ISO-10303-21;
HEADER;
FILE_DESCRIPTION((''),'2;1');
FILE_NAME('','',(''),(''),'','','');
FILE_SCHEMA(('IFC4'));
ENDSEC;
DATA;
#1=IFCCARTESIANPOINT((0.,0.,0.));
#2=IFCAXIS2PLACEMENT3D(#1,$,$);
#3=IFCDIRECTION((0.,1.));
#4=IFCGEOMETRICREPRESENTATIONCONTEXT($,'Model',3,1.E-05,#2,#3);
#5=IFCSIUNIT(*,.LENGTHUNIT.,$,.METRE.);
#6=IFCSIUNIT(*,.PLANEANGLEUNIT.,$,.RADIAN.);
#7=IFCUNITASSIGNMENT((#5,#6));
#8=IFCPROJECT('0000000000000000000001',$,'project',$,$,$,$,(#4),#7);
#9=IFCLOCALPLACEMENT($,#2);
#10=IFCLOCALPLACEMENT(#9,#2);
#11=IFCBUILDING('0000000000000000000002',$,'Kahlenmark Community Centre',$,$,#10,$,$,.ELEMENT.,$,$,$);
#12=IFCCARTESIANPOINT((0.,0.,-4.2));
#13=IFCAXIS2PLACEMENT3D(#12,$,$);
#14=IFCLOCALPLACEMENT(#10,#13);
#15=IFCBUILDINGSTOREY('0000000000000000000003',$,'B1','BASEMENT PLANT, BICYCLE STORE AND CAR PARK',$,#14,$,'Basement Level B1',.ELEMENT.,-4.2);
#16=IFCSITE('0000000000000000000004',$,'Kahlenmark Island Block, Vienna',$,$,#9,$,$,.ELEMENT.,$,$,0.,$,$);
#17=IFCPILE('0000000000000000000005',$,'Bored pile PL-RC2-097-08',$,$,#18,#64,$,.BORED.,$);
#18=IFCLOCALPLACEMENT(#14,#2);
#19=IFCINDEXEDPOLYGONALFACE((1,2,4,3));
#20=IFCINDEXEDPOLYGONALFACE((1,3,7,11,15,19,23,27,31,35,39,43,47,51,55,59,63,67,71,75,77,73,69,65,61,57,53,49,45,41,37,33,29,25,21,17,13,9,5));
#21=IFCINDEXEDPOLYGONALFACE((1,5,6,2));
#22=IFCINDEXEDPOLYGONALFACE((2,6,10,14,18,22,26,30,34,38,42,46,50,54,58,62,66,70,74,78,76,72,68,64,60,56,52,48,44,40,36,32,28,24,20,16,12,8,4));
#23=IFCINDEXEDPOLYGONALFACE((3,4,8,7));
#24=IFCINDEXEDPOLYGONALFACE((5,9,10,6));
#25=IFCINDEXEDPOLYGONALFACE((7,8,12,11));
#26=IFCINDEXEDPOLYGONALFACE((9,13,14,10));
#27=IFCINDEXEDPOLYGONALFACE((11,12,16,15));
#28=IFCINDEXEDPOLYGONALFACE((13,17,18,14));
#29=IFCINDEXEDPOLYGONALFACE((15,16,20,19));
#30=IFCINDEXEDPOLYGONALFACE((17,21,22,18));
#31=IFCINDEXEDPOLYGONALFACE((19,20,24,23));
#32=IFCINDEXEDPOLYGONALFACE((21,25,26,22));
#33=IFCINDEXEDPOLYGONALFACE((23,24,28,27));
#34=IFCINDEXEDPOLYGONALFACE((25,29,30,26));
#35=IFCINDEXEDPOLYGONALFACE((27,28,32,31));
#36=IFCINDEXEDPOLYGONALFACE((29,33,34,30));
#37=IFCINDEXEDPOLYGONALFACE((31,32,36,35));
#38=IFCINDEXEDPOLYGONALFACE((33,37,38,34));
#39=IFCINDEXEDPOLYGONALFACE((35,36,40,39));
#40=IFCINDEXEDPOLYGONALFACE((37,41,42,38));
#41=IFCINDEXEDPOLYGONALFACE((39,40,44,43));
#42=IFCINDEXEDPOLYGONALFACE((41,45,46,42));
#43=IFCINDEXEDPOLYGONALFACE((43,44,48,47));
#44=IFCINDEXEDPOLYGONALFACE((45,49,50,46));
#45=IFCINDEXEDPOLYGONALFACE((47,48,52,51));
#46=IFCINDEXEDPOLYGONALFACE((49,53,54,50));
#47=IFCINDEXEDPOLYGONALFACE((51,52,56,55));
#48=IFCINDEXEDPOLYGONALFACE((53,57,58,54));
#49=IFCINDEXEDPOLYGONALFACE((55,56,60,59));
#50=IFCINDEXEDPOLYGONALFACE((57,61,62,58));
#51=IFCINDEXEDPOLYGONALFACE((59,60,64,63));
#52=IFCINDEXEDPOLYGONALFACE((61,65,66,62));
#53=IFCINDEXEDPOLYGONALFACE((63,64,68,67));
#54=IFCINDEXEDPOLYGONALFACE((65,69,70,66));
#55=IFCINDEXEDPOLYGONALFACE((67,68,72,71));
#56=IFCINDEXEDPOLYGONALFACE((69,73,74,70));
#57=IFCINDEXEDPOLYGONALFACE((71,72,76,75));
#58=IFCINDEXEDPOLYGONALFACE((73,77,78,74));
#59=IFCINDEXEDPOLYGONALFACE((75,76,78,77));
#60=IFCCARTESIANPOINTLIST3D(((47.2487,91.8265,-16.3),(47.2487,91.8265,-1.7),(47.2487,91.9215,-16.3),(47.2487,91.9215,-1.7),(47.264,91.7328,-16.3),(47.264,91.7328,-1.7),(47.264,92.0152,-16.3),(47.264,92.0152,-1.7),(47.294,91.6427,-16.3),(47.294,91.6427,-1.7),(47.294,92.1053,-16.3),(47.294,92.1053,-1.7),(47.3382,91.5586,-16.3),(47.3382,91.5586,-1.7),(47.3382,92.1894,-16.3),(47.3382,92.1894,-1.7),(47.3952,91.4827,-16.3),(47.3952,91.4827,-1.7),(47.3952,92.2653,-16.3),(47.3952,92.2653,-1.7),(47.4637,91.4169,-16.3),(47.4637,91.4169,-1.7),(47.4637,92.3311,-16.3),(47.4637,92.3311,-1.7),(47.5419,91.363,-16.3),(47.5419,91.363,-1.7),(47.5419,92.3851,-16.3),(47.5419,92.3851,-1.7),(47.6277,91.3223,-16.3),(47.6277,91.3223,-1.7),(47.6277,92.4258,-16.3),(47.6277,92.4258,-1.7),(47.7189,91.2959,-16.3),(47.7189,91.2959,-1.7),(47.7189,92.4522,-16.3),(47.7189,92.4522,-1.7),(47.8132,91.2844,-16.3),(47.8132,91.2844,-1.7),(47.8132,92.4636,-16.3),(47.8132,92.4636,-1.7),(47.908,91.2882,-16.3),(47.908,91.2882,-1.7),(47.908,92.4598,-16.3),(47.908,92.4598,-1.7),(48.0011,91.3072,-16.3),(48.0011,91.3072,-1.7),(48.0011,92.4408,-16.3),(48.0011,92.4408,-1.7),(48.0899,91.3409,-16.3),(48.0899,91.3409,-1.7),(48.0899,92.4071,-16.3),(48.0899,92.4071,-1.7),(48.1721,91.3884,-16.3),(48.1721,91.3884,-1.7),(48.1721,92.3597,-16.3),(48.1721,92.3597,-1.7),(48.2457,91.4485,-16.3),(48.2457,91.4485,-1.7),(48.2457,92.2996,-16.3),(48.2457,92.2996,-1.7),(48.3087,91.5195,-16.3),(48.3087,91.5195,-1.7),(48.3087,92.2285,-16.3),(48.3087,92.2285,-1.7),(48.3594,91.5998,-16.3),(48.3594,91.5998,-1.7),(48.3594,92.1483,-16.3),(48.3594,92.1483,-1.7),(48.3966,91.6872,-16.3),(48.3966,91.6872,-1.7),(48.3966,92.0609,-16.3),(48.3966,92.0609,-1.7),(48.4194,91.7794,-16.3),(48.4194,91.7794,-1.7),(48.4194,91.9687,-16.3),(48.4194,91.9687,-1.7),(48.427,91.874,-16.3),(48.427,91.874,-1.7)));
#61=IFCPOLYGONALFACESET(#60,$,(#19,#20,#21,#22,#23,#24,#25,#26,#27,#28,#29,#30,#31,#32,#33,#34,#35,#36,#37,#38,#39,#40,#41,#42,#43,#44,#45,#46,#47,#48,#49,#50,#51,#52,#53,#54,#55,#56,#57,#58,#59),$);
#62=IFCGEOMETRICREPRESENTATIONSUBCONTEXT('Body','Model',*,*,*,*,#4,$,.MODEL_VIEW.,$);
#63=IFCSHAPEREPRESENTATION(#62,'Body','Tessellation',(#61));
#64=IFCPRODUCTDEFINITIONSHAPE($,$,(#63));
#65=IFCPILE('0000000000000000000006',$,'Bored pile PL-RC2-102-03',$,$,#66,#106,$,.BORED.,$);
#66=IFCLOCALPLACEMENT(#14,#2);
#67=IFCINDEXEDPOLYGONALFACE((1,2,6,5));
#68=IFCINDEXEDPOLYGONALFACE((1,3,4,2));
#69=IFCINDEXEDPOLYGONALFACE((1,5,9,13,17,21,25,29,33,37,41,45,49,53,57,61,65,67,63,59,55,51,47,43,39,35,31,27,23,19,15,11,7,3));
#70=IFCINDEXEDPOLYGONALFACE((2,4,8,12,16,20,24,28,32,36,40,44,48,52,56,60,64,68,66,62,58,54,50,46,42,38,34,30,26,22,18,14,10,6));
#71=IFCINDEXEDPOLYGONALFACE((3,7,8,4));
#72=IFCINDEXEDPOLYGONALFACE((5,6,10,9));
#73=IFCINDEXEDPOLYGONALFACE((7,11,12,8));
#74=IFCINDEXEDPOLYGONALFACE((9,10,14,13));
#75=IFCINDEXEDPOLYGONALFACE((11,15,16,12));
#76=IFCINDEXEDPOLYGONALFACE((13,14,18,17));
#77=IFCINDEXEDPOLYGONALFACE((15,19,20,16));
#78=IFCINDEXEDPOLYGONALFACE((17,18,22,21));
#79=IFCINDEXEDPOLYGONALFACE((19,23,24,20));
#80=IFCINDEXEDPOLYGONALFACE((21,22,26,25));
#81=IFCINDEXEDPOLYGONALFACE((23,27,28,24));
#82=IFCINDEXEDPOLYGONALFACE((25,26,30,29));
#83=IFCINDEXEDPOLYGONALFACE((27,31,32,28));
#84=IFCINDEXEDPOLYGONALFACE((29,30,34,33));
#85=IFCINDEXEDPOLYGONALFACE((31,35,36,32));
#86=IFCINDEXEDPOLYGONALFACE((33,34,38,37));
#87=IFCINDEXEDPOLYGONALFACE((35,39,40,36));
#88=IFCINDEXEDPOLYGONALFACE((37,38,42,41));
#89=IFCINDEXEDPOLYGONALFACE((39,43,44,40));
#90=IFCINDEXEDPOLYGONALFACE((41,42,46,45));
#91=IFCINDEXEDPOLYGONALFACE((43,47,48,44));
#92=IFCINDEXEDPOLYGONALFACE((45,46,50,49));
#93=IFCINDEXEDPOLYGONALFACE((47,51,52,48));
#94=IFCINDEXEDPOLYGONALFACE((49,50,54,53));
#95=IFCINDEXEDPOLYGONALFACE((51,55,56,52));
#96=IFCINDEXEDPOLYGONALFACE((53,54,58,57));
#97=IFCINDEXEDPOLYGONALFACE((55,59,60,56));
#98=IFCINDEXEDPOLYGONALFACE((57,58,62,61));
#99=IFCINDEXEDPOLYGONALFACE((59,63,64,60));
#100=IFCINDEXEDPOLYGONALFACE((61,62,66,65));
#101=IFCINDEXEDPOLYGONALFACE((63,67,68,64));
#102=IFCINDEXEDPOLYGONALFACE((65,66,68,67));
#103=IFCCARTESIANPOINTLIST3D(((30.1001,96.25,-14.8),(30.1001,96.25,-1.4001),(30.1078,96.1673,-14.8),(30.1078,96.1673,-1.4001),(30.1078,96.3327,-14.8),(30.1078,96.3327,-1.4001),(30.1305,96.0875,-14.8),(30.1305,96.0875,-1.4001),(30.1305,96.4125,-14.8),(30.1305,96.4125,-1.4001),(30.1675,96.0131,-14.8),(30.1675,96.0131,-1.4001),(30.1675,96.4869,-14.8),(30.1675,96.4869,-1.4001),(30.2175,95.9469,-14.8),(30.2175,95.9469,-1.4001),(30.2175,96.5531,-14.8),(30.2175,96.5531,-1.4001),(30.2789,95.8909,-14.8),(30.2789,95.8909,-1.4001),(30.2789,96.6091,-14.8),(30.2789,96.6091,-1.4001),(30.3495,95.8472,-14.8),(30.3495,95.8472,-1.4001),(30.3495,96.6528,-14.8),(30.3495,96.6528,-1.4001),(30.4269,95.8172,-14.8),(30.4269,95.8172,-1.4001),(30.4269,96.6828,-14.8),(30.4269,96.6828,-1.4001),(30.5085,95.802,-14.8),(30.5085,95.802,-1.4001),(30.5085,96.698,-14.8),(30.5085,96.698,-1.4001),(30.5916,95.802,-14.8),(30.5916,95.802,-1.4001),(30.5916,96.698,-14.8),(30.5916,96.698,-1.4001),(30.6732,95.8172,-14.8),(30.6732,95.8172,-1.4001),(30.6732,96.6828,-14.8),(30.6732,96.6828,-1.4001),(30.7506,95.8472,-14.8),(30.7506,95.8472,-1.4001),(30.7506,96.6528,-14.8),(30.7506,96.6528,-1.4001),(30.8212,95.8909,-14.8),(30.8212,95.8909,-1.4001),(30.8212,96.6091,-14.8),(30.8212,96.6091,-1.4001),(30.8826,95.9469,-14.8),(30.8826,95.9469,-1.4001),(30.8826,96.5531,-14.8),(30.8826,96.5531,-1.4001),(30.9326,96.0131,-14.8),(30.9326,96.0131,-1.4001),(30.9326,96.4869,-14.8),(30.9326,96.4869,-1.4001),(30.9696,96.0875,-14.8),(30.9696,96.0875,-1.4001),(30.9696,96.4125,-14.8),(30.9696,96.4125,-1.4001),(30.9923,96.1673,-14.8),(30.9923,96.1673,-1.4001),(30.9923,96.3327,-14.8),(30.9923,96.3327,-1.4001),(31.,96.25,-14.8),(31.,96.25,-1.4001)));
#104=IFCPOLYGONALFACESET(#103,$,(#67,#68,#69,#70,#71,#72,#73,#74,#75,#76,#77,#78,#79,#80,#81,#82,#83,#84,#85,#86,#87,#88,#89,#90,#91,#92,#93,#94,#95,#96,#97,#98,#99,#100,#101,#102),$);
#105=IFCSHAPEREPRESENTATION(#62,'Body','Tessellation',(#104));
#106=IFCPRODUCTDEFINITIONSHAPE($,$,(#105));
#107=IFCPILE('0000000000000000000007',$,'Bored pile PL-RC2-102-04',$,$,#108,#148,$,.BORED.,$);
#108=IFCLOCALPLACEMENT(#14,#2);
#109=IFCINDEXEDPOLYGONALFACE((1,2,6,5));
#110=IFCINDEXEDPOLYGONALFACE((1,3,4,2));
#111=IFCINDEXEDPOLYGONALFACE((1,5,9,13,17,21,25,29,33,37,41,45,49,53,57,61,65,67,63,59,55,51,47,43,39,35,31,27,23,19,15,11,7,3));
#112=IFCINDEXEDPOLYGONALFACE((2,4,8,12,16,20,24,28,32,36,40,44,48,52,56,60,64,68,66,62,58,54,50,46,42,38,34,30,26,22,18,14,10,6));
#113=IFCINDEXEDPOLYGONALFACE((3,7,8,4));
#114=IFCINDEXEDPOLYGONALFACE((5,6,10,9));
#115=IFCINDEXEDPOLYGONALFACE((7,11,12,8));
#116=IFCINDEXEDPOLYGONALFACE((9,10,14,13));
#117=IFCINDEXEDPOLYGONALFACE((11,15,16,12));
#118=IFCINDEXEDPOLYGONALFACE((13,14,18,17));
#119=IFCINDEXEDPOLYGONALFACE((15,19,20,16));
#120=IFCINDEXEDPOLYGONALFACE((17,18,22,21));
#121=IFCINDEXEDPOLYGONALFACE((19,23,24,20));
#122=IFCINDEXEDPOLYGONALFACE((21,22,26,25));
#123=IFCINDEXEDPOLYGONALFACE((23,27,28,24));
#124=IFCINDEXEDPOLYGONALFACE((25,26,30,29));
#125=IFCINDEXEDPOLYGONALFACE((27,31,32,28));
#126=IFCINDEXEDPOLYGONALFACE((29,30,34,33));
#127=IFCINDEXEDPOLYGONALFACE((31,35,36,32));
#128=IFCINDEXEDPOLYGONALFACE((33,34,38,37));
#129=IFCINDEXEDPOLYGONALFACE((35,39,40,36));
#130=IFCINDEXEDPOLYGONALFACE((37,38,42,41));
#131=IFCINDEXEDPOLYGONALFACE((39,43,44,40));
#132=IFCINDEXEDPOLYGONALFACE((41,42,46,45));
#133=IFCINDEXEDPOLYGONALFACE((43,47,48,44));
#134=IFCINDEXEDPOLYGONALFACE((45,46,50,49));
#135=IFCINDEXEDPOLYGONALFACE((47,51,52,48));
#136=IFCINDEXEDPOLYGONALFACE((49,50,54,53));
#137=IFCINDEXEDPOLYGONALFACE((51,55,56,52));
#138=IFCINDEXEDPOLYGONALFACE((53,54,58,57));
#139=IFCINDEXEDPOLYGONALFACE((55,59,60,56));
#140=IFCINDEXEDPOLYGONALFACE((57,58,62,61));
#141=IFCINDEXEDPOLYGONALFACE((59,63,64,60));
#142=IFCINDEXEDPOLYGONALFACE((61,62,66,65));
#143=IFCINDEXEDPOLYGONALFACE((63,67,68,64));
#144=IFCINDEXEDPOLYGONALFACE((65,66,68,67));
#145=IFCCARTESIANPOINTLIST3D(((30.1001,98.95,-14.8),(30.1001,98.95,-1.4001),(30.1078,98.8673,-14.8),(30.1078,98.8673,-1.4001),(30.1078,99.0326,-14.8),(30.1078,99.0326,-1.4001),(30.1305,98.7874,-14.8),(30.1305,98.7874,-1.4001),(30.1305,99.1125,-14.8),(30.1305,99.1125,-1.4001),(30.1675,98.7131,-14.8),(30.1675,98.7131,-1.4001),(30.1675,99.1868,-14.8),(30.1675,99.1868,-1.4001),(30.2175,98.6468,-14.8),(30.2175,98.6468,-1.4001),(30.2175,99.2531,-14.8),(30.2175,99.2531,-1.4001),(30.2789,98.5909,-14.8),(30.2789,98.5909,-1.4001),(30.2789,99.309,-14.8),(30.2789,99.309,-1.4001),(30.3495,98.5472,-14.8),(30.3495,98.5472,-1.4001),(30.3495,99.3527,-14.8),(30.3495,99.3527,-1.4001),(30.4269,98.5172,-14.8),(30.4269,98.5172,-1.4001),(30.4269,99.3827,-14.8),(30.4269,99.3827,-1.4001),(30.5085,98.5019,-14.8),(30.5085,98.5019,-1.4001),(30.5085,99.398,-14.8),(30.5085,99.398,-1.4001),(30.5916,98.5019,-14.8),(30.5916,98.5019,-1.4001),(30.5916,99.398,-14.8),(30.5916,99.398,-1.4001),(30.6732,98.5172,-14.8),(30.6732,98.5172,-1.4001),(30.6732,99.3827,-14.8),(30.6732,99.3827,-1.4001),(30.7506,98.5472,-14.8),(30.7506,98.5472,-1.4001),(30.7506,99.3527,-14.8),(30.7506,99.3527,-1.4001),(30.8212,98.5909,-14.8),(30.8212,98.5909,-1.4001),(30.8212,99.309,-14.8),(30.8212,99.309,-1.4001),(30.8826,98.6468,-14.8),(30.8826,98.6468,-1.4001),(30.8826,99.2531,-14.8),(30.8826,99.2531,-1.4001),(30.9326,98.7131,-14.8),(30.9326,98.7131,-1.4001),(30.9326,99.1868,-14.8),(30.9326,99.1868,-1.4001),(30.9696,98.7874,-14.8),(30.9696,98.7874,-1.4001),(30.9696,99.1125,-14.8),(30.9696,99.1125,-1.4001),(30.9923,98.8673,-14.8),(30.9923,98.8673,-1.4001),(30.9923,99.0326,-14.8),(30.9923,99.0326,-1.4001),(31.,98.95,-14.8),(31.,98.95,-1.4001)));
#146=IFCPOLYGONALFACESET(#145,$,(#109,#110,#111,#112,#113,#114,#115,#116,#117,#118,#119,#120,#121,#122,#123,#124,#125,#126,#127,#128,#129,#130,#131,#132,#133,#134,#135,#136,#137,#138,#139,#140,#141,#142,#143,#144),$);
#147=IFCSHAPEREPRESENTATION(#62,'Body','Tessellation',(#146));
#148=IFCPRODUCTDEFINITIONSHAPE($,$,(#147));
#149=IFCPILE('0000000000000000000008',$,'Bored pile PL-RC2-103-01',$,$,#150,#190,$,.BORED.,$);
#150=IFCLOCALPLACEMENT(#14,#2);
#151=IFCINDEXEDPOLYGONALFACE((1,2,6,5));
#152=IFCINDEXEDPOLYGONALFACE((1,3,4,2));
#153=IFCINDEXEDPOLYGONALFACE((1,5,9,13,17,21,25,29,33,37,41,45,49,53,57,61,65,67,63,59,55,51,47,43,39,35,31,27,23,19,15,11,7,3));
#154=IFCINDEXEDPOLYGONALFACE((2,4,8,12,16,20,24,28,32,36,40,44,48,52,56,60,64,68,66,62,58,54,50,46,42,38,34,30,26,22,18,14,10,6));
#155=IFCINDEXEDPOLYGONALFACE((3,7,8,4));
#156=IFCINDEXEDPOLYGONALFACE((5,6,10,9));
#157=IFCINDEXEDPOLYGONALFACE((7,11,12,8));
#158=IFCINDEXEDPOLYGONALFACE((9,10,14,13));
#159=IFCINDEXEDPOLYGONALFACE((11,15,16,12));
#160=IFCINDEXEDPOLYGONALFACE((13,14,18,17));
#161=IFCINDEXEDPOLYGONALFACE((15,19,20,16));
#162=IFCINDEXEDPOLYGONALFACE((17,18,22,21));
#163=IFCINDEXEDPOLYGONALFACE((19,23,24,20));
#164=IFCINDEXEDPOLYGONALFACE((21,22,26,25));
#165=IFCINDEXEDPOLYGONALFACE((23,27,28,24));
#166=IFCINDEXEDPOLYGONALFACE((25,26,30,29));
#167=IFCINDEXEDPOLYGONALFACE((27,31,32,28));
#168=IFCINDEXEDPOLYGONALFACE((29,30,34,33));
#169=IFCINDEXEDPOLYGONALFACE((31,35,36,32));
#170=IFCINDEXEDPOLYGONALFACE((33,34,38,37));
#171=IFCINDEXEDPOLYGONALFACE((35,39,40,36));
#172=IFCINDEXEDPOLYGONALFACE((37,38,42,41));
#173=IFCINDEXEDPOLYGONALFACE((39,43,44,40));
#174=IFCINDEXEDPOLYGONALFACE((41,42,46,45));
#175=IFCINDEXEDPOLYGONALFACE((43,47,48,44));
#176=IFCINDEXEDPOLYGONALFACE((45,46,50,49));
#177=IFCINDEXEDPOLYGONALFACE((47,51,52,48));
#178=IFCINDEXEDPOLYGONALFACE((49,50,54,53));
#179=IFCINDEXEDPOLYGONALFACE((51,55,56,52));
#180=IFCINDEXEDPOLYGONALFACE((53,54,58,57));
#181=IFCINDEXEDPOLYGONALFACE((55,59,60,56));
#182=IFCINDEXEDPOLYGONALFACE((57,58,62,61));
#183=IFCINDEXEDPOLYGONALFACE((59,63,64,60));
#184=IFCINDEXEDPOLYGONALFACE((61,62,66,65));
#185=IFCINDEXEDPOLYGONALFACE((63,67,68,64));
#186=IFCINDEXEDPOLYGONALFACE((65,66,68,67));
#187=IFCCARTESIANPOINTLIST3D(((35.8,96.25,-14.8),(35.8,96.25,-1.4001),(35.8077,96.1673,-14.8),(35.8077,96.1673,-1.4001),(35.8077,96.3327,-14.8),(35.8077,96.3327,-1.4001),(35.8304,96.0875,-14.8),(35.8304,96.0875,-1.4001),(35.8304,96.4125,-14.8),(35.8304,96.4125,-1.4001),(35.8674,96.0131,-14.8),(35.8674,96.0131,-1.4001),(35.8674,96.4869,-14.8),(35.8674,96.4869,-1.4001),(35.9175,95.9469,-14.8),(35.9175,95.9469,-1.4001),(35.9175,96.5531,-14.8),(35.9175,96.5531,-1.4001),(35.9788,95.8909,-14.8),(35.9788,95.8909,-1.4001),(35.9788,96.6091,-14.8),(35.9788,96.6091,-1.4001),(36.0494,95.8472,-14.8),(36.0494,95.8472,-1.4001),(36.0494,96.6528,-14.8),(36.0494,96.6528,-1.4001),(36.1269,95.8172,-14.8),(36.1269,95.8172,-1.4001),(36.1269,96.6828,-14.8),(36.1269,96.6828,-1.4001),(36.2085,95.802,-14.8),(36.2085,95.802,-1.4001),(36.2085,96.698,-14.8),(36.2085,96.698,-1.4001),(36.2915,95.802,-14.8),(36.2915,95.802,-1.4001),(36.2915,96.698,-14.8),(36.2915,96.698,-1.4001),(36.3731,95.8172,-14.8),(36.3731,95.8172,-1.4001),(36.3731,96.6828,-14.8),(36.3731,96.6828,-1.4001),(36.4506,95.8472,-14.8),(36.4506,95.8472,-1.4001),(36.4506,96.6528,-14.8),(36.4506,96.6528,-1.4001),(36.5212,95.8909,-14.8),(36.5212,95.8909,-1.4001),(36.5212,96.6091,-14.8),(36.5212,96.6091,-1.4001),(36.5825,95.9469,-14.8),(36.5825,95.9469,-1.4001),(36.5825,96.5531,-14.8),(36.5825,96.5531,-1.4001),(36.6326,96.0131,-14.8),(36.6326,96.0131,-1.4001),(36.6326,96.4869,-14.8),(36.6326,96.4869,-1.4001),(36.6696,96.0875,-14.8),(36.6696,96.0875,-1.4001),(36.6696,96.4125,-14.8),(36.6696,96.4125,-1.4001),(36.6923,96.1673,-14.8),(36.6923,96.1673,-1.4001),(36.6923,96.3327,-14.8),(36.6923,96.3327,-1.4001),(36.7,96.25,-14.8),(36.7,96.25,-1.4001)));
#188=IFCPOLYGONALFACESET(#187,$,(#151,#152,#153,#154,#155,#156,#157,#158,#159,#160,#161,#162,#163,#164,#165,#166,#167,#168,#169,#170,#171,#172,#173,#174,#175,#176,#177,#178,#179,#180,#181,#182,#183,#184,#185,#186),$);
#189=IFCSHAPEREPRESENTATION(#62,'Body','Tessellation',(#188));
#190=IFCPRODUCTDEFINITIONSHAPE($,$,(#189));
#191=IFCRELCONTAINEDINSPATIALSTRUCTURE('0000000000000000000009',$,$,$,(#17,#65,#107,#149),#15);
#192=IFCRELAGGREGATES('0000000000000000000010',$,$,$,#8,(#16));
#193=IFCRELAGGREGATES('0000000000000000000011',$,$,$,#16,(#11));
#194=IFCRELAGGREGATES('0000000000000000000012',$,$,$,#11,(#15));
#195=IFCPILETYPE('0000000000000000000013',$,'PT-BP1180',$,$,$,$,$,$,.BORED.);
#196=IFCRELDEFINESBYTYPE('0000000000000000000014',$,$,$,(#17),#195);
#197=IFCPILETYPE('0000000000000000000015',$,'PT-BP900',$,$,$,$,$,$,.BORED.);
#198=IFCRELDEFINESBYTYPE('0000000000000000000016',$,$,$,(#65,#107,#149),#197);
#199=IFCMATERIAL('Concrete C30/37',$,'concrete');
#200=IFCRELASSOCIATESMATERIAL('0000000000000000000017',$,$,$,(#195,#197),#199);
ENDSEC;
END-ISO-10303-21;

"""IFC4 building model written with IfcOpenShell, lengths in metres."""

from ifc_helpers import new_model, si_unit, direction, frame, origin, origin_2d, place, context, subcontext, project, spatial, circle, extrude, material, material_profile, profile_set, type_object, element, save


model = new_model("IFC4")

# Units and contexts
model_context = context("Model", 3, precision=1e-05, world=origin(), true_north=direction((0.0, 1.0)))
body_context = subcontext(model_context, "Body", "Model", "MODEL_VIEW")
ifc_project = project(units=[si_unit("LENGTHUNIT", "METRE"), si_unit("PLANEANGLEUNIT", "RADIAN")], contexts=[model_context])

# Site, building, storey
site_placement = place(None, origin())
site = spatial("IfcSite", under=ifc_project, at=site_placement, Name="Kahlenmark Island Block, Vienna", CompositionType="ELEMENT", RefElevation=0.0)
building_placement = place(site_placement, origin())
building = spatial("IfcBuilding", under=site, at=building_placement, Name="Kahlenmark Community Centre", CompositionType="ELEMENT")
storey_placement = place(building_placement, frame((0.0, 0.0, -4.2)))
storey = spatial("IfcBuildingStorey", under=building, at=storey_placement, Name="B1", Description="BASEMENT PLANT, BICYCLE STORE AND CAR PARK", LongName="Basement Level B1", CompositionType="ELEMENT", Elevation=-4.2)

# Shared definitions
ifc_material_1 = material(Name="Concrete C30/37", Category="concrete")

# Piles
ifc_material_profile_1 = material_profile(ifc_material_1, circle(Radius=0.5901, at=origin_2d()), Name="BORED PILE 1180")
ifc_profile_set_1 = profile_set([ifc_material_profile_1], Name="Concrete C30/37")
pile_type_1 = type_object("IfcPileType", Name="PT-BP1180", PredefinedType="BORED", material=ifc_profile_set_1)
for number, where, z_axis, x_axis, name in (
    (1, (47.8369, 91.874, -1.7), (0.0, 0.0, -1.0), (1.0, 0.0, 0.0), "Bored pile PL-RC2-097-08"),
):
    element("IfcPile", number, at=place(storey_placement, frame(where, z_axis=z_axis, x_axis=x_axis)), inside=storey, type_object=pile_type_1, Name=name, PredefinedType="BORED", context=body_context, shape_type="SweptSolid", body=[
        extrude(circle(Radius=0.5901, at=origin_2d()), origin(), (0.0, 0.0, 1.0), 14.6001),
    ])
ifc_material_profile_2 = material_profile(ifc_material_1, circle(Radius=0.45, at=origin_2d()), Name="BORED PILE 900")
ifc_profile_set_2 = profile_set([ifc_material_profile_2], Name="Concrete C30/37")
pile_type_2 = type_object("IfcPileType", Name="PT-BP900", PredefinedType="BORED", material=ifc_profile_set_2)
for number, where, z_axis, x_axis, name in (
    (2, (30.55, 96.25, -1.4001), (0.0, 0.0, -1.0), (1.0, 0.0, 0.0), "Bored pile PL-RC2-102-03"),
    (3, (30.55, 98.95, -1.4001), (0.0, 0.0, -1.0), (1.0, 0.0, 0.0), "Bored pile PL-RC2-102-04"),
    (4, (36.25, 96.25, -1.4001), (0.0, 0.0, -1.0), (1.0, 0.0, 0.0), "Bored pile PL-RC2-103-01"),
):
    element("IfcPile", number, at=place(storey_placement, frame(where, z_axis=z_axis, x_axis=x_axis)), inside=storey, type_object=pile_type_2, Name=name, PredefinedType="BORED", context=body_context, shape_type="SweptSolid", body=[
        extrude(circle(Radius=0.45, at=origin_2d()), origin(), (0.0, 0.0, 1.0), 13.3999),
    ])

save(model, "model.ifc")
